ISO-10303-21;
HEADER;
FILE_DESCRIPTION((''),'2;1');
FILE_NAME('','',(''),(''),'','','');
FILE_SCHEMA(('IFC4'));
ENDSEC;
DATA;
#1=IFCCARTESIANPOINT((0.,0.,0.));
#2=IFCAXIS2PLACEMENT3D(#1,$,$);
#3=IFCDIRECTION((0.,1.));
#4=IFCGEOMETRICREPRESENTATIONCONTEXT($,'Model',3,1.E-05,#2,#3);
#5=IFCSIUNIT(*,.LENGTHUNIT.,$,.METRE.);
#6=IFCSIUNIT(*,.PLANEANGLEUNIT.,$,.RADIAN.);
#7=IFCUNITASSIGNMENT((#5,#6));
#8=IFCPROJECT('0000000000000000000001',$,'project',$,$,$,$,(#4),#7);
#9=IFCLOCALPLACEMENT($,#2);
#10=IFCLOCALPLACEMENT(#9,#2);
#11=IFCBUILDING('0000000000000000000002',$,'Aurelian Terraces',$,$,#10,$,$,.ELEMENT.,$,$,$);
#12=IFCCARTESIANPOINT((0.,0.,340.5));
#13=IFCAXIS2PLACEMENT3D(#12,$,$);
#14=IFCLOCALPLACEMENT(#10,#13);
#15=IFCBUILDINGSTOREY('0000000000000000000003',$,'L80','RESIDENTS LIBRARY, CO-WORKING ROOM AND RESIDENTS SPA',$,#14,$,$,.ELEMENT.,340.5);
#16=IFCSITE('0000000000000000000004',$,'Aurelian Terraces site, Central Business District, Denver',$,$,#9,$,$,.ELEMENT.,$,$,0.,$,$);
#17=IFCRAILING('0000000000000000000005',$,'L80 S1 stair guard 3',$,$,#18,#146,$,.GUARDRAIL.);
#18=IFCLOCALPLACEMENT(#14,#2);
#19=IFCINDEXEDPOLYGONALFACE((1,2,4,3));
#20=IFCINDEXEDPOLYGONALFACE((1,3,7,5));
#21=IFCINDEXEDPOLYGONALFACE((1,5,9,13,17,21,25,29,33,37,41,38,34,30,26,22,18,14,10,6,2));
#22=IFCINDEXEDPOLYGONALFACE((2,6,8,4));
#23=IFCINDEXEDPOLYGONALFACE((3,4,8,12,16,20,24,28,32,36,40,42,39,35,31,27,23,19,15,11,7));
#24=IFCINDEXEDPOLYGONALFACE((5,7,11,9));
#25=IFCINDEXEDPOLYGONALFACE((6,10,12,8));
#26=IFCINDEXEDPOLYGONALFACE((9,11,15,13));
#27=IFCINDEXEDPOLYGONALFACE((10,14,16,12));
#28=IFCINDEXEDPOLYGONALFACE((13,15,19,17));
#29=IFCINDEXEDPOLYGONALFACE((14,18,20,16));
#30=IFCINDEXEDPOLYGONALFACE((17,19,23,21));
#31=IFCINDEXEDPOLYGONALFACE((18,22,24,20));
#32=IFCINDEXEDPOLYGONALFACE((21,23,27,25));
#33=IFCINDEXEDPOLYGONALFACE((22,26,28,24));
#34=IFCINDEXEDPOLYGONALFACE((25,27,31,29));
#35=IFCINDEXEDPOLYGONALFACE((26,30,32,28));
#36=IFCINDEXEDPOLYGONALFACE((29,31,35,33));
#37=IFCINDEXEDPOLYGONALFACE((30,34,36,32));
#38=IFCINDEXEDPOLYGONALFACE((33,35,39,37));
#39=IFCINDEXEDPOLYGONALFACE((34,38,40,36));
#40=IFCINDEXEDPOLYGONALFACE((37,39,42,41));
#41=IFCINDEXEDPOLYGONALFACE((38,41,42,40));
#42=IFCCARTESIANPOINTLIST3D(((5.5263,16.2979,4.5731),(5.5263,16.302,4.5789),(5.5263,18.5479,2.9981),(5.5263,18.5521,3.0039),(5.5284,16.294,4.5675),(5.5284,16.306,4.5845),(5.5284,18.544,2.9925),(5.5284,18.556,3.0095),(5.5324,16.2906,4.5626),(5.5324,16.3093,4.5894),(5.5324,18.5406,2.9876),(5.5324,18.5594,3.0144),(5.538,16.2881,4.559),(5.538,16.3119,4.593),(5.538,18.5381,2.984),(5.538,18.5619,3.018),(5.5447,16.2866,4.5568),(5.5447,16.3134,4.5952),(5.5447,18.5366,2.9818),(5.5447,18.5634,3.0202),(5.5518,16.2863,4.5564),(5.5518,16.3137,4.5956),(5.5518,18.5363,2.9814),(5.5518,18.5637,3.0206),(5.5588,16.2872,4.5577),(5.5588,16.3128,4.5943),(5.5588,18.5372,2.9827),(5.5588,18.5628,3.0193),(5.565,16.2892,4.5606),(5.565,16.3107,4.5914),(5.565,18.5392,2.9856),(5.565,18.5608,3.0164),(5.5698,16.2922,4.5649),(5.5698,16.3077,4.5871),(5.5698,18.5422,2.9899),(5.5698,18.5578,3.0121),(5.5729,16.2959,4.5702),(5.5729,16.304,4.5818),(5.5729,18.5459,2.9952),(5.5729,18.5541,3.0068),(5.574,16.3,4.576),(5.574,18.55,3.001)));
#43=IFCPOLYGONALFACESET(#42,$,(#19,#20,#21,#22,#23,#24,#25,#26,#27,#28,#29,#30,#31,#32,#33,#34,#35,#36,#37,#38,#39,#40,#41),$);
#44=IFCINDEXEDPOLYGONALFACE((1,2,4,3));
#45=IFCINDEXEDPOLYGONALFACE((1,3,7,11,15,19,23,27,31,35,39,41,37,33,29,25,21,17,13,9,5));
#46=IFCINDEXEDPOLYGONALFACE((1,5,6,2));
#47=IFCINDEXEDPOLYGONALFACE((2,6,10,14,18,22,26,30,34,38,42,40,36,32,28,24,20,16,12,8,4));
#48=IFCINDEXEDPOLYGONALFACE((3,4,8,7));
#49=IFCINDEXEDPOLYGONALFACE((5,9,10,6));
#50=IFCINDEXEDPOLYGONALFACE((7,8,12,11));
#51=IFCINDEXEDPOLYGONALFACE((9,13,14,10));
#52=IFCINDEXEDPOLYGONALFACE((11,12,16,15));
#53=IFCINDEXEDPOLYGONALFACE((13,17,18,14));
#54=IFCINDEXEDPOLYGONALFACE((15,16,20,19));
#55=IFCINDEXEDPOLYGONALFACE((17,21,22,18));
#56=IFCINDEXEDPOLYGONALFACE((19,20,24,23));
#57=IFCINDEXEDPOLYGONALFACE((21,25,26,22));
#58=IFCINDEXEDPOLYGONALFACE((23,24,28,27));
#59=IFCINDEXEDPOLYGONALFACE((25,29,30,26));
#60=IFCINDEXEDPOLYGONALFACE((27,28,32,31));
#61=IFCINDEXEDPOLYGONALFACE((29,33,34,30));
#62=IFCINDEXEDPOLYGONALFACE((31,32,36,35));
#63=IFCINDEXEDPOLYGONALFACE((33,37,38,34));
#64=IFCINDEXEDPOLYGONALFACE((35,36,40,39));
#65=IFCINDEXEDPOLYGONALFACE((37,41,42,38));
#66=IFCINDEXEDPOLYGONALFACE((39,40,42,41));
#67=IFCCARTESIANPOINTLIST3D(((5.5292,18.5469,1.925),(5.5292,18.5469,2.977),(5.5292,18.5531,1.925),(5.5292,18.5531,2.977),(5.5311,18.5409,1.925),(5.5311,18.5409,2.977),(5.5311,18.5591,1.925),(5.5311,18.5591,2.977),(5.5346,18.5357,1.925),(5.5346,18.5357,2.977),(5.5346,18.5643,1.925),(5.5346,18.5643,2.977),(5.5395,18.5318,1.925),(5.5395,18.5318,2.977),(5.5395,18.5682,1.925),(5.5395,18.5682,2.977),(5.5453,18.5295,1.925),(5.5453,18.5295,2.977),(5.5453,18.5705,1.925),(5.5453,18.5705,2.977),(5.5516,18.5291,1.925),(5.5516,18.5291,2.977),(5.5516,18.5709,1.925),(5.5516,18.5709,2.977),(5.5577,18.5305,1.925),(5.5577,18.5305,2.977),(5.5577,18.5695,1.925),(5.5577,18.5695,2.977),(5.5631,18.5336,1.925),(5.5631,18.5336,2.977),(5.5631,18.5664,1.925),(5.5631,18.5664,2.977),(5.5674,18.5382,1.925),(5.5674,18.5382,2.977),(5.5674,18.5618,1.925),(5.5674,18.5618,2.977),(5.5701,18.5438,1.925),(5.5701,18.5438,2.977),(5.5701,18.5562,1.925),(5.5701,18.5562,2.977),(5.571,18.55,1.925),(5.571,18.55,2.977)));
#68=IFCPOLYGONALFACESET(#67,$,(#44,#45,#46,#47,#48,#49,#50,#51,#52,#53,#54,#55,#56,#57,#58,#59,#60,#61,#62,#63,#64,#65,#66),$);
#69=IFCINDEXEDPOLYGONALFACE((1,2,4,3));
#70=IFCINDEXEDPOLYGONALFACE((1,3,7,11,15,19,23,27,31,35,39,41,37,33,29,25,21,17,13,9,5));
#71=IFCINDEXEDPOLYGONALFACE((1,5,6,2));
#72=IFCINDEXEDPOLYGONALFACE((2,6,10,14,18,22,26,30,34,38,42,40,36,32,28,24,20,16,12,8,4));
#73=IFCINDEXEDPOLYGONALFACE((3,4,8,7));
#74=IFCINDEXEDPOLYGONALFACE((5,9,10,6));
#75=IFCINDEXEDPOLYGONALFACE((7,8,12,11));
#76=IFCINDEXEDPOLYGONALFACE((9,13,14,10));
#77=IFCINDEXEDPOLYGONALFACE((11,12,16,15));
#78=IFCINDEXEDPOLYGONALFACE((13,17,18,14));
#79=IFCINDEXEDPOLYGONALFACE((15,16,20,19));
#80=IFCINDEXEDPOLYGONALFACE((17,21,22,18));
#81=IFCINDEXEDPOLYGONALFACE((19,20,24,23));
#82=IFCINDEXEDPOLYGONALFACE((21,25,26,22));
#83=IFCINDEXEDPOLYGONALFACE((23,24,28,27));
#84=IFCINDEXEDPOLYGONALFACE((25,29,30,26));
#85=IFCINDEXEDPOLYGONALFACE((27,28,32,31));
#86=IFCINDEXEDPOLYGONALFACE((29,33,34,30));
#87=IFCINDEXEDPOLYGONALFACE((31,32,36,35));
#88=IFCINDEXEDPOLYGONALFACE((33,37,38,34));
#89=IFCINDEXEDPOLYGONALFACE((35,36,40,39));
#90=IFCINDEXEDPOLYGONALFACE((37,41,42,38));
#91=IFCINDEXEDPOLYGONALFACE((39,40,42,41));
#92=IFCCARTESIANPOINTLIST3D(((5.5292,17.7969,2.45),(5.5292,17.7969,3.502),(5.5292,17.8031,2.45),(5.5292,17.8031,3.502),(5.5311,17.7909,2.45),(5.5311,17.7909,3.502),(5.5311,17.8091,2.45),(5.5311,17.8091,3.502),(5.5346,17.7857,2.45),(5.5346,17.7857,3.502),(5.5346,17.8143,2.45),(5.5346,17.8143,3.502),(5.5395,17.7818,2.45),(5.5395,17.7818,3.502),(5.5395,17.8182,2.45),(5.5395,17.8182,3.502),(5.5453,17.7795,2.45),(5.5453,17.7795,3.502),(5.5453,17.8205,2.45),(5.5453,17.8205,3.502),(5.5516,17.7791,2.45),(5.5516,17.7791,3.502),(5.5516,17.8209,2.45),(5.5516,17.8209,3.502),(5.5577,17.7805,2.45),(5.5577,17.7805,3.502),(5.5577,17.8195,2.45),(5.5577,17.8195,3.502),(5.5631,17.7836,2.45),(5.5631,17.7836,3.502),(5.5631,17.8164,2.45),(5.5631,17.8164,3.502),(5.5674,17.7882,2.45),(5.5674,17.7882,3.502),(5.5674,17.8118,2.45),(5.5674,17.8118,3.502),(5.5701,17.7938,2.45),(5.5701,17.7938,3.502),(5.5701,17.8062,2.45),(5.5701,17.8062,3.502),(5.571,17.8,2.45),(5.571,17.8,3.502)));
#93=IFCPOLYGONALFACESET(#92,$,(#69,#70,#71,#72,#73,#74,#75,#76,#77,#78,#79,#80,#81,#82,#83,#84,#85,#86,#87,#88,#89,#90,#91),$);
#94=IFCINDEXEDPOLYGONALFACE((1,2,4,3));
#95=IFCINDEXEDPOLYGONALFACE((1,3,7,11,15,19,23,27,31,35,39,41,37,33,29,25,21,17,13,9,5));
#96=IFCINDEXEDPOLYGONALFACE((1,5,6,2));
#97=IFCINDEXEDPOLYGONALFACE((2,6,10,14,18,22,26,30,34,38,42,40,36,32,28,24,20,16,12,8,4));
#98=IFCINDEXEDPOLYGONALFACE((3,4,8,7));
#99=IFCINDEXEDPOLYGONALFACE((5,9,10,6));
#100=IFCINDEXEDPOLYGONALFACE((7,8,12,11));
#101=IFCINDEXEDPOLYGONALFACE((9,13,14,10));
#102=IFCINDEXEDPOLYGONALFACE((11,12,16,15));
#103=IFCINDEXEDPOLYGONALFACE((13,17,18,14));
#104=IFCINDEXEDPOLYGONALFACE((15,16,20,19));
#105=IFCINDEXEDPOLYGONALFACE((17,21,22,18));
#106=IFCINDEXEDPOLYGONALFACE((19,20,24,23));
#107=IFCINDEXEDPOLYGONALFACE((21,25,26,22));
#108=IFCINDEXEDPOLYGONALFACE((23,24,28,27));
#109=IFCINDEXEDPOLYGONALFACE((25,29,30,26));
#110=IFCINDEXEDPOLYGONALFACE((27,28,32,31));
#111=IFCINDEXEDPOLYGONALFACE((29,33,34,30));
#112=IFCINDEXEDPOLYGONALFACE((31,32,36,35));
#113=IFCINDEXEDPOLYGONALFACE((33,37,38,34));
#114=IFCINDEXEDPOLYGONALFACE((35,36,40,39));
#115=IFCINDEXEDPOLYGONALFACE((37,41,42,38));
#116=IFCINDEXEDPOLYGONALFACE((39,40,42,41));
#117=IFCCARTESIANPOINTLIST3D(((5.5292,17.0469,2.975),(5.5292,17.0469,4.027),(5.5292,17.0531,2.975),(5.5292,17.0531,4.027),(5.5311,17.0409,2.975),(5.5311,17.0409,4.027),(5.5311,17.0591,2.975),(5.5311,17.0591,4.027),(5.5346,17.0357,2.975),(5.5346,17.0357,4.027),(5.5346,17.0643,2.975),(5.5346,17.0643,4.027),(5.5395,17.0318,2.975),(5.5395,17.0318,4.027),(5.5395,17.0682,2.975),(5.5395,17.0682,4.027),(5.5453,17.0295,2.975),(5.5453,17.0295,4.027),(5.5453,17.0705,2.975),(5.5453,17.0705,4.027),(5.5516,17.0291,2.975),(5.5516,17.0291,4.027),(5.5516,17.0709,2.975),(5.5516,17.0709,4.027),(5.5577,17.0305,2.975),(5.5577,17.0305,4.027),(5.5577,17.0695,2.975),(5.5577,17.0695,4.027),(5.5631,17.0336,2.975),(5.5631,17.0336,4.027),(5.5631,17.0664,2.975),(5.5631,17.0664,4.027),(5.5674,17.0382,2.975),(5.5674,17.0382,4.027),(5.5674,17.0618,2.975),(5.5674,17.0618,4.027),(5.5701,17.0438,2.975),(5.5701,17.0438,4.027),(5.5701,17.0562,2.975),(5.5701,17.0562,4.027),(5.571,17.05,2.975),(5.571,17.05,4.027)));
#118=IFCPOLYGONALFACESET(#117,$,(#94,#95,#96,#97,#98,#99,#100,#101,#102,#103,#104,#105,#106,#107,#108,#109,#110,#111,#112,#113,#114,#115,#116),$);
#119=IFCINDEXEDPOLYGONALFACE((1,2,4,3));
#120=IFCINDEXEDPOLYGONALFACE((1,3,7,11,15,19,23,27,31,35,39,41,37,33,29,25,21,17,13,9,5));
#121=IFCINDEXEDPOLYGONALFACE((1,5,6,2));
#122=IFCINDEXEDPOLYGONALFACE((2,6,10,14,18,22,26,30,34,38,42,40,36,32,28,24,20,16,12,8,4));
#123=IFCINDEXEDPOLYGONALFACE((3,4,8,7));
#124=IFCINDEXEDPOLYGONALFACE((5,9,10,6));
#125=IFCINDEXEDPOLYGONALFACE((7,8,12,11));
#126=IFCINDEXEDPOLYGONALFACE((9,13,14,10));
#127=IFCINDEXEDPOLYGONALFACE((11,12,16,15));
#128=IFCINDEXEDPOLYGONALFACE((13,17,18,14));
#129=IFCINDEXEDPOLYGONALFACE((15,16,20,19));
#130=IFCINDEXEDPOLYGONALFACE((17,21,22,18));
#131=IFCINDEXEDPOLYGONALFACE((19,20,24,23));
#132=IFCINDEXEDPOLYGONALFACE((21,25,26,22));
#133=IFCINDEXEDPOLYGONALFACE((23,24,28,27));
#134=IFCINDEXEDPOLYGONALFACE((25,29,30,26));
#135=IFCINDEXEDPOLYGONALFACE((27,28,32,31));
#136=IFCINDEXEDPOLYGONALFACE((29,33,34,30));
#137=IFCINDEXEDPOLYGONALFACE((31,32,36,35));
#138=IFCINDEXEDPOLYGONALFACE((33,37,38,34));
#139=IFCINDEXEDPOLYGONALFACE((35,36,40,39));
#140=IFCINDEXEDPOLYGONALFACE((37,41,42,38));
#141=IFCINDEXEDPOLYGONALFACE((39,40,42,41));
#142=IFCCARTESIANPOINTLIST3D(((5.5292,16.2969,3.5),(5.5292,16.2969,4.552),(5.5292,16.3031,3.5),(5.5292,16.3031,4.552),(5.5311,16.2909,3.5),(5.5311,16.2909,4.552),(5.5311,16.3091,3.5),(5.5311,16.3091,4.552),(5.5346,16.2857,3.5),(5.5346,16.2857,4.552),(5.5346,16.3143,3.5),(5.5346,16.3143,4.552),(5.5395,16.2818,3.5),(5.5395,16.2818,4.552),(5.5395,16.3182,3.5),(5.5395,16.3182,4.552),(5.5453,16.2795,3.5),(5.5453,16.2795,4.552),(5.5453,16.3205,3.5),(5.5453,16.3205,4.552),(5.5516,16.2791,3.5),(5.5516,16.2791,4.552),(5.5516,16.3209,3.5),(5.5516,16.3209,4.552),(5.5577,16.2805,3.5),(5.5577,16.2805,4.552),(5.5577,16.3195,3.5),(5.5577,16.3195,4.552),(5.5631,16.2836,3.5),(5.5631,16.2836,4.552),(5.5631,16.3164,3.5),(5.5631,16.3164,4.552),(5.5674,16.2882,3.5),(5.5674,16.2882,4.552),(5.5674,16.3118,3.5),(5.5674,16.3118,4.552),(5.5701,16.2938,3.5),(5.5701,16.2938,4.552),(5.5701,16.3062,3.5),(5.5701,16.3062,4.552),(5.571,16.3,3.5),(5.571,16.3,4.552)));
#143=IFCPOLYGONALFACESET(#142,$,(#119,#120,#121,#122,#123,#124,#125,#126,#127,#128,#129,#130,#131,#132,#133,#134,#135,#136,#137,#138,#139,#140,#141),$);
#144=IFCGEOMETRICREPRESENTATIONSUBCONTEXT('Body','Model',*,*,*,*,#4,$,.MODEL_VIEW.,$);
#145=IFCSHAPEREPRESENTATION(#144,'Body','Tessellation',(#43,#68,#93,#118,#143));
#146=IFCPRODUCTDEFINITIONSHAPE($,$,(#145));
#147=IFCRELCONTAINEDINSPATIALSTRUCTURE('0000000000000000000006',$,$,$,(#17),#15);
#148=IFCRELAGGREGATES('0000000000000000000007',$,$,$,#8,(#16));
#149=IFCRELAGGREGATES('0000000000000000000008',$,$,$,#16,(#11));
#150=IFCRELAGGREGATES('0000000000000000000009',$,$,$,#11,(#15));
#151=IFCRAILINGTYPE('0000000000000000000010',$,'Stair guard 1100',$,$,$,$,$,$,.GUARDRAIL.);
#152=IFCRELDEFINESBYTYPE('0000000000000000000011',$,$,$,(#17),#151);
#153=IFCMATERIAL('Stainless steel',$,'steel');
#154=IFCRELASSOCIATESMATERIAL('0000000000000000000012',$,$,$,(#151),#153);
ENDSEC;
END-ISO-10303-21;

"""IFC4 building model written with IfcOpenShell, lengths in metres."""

from ifc_helpers import new_model, si_unit, direction, frame, origin, origin_2d, place, context, subcontext, project, spatial, circle, extrude, source, transform, mapped, material, type_object, element, save


model = new_model("IFC4")

# Units and contexts
model_context = context("Model", 3, precision=1e-05, world=origin(), true_north=direction((0.0, 1.0)))
body_context = subcontext(model_context, "Body", "Model", "MODEL_VIEW")
ifc_project = project(units=[si_unit("LENGTHUNIT", "METRE"), si_unit("PLANEANGLEUNIT", "RADIAN")], contexts=[model_context])

# Site, building, storey
site_placement = place(None, origin())
site = spatial("IfcSite", under=ifc_project, at=site_placement, Name="Aurelian Terraces site, Central Business District, Denver", CompositionType="ELEMENT", RefElevation=0.0)
building_placement = place(site_placement, origin())
building = spatial("IfcBuilding", under=site, at=building_placement, Name="Aurelian Terraces", CompositionType="ELEMENT")
storey_placement = place(building_placement, frame((0.0, 0.0, 340.5)))
storey = spatial("IfcBuildingStorey", under=building, at=storey_placement, Name="L80", Description="RESIDENTS LIBRARY, CO-WORKING ROOM AND RESIDENTS SPA", CompositionType="ELEMENT", Elevation=340.5)

# Railing
ifc_material_1 = material(Name="Stainless steel", Category="steel")
railing_type_1 = type_object("IfcRailingType", Name="Stair guard 1100", PredefinedType="GUARDRAIL", material=ifc_material_1)
shared_shape_1 = source(origin(), body_context, "Body", "SweptSolid", [
    extrude(circle(Radius=0.024, at=origin_2d()), frame((0.0, 0.0, 1.076), z_axis=(0.0, -0.819232, 0.573462), x_axis=(1.0, 0.0, 0.0)), (0.0, 0.0, 1.0), 2.7465),
    extrude(circle(Radius=0.021, at=origin_2d()), origin(), (0.0, 0.0, 1.0), 1.052),
    extrude(circle(Radius=0.021, at=origin_2d()), frame((0.0, -0.75, 0.525)), (0.0, 0.0, 1.0), 1.052),
    extrude(circle(Radius=0.021, at=origin_2d()), frame((0.0, -1.5, 1.05)), (0.0, 0.0, 1.0), 1.052),
    extrude(circle(Radius=0.021, at=origin_2d()), frame((0.0, -2.25, 1.575)), (0.0, 0.0, 1.0), 1.052),
])
railing_1_placement = place(storey_placement, frame((5.55, 18.55, 1.925)))
element("IfcRailing", 1, at=railing_1_placement, inside=storey, type_object=railing_type_1, Name="L80 S1 stair guard 3", PredefinedType="GUARDRAIL", context=body_context, shape_type="MappedRepresentation", body=[
    mapped(shared_shape_1, transform((0.0, 0.0, 0.0), scale=1.0)),
])

save(model, "model.ifc")
